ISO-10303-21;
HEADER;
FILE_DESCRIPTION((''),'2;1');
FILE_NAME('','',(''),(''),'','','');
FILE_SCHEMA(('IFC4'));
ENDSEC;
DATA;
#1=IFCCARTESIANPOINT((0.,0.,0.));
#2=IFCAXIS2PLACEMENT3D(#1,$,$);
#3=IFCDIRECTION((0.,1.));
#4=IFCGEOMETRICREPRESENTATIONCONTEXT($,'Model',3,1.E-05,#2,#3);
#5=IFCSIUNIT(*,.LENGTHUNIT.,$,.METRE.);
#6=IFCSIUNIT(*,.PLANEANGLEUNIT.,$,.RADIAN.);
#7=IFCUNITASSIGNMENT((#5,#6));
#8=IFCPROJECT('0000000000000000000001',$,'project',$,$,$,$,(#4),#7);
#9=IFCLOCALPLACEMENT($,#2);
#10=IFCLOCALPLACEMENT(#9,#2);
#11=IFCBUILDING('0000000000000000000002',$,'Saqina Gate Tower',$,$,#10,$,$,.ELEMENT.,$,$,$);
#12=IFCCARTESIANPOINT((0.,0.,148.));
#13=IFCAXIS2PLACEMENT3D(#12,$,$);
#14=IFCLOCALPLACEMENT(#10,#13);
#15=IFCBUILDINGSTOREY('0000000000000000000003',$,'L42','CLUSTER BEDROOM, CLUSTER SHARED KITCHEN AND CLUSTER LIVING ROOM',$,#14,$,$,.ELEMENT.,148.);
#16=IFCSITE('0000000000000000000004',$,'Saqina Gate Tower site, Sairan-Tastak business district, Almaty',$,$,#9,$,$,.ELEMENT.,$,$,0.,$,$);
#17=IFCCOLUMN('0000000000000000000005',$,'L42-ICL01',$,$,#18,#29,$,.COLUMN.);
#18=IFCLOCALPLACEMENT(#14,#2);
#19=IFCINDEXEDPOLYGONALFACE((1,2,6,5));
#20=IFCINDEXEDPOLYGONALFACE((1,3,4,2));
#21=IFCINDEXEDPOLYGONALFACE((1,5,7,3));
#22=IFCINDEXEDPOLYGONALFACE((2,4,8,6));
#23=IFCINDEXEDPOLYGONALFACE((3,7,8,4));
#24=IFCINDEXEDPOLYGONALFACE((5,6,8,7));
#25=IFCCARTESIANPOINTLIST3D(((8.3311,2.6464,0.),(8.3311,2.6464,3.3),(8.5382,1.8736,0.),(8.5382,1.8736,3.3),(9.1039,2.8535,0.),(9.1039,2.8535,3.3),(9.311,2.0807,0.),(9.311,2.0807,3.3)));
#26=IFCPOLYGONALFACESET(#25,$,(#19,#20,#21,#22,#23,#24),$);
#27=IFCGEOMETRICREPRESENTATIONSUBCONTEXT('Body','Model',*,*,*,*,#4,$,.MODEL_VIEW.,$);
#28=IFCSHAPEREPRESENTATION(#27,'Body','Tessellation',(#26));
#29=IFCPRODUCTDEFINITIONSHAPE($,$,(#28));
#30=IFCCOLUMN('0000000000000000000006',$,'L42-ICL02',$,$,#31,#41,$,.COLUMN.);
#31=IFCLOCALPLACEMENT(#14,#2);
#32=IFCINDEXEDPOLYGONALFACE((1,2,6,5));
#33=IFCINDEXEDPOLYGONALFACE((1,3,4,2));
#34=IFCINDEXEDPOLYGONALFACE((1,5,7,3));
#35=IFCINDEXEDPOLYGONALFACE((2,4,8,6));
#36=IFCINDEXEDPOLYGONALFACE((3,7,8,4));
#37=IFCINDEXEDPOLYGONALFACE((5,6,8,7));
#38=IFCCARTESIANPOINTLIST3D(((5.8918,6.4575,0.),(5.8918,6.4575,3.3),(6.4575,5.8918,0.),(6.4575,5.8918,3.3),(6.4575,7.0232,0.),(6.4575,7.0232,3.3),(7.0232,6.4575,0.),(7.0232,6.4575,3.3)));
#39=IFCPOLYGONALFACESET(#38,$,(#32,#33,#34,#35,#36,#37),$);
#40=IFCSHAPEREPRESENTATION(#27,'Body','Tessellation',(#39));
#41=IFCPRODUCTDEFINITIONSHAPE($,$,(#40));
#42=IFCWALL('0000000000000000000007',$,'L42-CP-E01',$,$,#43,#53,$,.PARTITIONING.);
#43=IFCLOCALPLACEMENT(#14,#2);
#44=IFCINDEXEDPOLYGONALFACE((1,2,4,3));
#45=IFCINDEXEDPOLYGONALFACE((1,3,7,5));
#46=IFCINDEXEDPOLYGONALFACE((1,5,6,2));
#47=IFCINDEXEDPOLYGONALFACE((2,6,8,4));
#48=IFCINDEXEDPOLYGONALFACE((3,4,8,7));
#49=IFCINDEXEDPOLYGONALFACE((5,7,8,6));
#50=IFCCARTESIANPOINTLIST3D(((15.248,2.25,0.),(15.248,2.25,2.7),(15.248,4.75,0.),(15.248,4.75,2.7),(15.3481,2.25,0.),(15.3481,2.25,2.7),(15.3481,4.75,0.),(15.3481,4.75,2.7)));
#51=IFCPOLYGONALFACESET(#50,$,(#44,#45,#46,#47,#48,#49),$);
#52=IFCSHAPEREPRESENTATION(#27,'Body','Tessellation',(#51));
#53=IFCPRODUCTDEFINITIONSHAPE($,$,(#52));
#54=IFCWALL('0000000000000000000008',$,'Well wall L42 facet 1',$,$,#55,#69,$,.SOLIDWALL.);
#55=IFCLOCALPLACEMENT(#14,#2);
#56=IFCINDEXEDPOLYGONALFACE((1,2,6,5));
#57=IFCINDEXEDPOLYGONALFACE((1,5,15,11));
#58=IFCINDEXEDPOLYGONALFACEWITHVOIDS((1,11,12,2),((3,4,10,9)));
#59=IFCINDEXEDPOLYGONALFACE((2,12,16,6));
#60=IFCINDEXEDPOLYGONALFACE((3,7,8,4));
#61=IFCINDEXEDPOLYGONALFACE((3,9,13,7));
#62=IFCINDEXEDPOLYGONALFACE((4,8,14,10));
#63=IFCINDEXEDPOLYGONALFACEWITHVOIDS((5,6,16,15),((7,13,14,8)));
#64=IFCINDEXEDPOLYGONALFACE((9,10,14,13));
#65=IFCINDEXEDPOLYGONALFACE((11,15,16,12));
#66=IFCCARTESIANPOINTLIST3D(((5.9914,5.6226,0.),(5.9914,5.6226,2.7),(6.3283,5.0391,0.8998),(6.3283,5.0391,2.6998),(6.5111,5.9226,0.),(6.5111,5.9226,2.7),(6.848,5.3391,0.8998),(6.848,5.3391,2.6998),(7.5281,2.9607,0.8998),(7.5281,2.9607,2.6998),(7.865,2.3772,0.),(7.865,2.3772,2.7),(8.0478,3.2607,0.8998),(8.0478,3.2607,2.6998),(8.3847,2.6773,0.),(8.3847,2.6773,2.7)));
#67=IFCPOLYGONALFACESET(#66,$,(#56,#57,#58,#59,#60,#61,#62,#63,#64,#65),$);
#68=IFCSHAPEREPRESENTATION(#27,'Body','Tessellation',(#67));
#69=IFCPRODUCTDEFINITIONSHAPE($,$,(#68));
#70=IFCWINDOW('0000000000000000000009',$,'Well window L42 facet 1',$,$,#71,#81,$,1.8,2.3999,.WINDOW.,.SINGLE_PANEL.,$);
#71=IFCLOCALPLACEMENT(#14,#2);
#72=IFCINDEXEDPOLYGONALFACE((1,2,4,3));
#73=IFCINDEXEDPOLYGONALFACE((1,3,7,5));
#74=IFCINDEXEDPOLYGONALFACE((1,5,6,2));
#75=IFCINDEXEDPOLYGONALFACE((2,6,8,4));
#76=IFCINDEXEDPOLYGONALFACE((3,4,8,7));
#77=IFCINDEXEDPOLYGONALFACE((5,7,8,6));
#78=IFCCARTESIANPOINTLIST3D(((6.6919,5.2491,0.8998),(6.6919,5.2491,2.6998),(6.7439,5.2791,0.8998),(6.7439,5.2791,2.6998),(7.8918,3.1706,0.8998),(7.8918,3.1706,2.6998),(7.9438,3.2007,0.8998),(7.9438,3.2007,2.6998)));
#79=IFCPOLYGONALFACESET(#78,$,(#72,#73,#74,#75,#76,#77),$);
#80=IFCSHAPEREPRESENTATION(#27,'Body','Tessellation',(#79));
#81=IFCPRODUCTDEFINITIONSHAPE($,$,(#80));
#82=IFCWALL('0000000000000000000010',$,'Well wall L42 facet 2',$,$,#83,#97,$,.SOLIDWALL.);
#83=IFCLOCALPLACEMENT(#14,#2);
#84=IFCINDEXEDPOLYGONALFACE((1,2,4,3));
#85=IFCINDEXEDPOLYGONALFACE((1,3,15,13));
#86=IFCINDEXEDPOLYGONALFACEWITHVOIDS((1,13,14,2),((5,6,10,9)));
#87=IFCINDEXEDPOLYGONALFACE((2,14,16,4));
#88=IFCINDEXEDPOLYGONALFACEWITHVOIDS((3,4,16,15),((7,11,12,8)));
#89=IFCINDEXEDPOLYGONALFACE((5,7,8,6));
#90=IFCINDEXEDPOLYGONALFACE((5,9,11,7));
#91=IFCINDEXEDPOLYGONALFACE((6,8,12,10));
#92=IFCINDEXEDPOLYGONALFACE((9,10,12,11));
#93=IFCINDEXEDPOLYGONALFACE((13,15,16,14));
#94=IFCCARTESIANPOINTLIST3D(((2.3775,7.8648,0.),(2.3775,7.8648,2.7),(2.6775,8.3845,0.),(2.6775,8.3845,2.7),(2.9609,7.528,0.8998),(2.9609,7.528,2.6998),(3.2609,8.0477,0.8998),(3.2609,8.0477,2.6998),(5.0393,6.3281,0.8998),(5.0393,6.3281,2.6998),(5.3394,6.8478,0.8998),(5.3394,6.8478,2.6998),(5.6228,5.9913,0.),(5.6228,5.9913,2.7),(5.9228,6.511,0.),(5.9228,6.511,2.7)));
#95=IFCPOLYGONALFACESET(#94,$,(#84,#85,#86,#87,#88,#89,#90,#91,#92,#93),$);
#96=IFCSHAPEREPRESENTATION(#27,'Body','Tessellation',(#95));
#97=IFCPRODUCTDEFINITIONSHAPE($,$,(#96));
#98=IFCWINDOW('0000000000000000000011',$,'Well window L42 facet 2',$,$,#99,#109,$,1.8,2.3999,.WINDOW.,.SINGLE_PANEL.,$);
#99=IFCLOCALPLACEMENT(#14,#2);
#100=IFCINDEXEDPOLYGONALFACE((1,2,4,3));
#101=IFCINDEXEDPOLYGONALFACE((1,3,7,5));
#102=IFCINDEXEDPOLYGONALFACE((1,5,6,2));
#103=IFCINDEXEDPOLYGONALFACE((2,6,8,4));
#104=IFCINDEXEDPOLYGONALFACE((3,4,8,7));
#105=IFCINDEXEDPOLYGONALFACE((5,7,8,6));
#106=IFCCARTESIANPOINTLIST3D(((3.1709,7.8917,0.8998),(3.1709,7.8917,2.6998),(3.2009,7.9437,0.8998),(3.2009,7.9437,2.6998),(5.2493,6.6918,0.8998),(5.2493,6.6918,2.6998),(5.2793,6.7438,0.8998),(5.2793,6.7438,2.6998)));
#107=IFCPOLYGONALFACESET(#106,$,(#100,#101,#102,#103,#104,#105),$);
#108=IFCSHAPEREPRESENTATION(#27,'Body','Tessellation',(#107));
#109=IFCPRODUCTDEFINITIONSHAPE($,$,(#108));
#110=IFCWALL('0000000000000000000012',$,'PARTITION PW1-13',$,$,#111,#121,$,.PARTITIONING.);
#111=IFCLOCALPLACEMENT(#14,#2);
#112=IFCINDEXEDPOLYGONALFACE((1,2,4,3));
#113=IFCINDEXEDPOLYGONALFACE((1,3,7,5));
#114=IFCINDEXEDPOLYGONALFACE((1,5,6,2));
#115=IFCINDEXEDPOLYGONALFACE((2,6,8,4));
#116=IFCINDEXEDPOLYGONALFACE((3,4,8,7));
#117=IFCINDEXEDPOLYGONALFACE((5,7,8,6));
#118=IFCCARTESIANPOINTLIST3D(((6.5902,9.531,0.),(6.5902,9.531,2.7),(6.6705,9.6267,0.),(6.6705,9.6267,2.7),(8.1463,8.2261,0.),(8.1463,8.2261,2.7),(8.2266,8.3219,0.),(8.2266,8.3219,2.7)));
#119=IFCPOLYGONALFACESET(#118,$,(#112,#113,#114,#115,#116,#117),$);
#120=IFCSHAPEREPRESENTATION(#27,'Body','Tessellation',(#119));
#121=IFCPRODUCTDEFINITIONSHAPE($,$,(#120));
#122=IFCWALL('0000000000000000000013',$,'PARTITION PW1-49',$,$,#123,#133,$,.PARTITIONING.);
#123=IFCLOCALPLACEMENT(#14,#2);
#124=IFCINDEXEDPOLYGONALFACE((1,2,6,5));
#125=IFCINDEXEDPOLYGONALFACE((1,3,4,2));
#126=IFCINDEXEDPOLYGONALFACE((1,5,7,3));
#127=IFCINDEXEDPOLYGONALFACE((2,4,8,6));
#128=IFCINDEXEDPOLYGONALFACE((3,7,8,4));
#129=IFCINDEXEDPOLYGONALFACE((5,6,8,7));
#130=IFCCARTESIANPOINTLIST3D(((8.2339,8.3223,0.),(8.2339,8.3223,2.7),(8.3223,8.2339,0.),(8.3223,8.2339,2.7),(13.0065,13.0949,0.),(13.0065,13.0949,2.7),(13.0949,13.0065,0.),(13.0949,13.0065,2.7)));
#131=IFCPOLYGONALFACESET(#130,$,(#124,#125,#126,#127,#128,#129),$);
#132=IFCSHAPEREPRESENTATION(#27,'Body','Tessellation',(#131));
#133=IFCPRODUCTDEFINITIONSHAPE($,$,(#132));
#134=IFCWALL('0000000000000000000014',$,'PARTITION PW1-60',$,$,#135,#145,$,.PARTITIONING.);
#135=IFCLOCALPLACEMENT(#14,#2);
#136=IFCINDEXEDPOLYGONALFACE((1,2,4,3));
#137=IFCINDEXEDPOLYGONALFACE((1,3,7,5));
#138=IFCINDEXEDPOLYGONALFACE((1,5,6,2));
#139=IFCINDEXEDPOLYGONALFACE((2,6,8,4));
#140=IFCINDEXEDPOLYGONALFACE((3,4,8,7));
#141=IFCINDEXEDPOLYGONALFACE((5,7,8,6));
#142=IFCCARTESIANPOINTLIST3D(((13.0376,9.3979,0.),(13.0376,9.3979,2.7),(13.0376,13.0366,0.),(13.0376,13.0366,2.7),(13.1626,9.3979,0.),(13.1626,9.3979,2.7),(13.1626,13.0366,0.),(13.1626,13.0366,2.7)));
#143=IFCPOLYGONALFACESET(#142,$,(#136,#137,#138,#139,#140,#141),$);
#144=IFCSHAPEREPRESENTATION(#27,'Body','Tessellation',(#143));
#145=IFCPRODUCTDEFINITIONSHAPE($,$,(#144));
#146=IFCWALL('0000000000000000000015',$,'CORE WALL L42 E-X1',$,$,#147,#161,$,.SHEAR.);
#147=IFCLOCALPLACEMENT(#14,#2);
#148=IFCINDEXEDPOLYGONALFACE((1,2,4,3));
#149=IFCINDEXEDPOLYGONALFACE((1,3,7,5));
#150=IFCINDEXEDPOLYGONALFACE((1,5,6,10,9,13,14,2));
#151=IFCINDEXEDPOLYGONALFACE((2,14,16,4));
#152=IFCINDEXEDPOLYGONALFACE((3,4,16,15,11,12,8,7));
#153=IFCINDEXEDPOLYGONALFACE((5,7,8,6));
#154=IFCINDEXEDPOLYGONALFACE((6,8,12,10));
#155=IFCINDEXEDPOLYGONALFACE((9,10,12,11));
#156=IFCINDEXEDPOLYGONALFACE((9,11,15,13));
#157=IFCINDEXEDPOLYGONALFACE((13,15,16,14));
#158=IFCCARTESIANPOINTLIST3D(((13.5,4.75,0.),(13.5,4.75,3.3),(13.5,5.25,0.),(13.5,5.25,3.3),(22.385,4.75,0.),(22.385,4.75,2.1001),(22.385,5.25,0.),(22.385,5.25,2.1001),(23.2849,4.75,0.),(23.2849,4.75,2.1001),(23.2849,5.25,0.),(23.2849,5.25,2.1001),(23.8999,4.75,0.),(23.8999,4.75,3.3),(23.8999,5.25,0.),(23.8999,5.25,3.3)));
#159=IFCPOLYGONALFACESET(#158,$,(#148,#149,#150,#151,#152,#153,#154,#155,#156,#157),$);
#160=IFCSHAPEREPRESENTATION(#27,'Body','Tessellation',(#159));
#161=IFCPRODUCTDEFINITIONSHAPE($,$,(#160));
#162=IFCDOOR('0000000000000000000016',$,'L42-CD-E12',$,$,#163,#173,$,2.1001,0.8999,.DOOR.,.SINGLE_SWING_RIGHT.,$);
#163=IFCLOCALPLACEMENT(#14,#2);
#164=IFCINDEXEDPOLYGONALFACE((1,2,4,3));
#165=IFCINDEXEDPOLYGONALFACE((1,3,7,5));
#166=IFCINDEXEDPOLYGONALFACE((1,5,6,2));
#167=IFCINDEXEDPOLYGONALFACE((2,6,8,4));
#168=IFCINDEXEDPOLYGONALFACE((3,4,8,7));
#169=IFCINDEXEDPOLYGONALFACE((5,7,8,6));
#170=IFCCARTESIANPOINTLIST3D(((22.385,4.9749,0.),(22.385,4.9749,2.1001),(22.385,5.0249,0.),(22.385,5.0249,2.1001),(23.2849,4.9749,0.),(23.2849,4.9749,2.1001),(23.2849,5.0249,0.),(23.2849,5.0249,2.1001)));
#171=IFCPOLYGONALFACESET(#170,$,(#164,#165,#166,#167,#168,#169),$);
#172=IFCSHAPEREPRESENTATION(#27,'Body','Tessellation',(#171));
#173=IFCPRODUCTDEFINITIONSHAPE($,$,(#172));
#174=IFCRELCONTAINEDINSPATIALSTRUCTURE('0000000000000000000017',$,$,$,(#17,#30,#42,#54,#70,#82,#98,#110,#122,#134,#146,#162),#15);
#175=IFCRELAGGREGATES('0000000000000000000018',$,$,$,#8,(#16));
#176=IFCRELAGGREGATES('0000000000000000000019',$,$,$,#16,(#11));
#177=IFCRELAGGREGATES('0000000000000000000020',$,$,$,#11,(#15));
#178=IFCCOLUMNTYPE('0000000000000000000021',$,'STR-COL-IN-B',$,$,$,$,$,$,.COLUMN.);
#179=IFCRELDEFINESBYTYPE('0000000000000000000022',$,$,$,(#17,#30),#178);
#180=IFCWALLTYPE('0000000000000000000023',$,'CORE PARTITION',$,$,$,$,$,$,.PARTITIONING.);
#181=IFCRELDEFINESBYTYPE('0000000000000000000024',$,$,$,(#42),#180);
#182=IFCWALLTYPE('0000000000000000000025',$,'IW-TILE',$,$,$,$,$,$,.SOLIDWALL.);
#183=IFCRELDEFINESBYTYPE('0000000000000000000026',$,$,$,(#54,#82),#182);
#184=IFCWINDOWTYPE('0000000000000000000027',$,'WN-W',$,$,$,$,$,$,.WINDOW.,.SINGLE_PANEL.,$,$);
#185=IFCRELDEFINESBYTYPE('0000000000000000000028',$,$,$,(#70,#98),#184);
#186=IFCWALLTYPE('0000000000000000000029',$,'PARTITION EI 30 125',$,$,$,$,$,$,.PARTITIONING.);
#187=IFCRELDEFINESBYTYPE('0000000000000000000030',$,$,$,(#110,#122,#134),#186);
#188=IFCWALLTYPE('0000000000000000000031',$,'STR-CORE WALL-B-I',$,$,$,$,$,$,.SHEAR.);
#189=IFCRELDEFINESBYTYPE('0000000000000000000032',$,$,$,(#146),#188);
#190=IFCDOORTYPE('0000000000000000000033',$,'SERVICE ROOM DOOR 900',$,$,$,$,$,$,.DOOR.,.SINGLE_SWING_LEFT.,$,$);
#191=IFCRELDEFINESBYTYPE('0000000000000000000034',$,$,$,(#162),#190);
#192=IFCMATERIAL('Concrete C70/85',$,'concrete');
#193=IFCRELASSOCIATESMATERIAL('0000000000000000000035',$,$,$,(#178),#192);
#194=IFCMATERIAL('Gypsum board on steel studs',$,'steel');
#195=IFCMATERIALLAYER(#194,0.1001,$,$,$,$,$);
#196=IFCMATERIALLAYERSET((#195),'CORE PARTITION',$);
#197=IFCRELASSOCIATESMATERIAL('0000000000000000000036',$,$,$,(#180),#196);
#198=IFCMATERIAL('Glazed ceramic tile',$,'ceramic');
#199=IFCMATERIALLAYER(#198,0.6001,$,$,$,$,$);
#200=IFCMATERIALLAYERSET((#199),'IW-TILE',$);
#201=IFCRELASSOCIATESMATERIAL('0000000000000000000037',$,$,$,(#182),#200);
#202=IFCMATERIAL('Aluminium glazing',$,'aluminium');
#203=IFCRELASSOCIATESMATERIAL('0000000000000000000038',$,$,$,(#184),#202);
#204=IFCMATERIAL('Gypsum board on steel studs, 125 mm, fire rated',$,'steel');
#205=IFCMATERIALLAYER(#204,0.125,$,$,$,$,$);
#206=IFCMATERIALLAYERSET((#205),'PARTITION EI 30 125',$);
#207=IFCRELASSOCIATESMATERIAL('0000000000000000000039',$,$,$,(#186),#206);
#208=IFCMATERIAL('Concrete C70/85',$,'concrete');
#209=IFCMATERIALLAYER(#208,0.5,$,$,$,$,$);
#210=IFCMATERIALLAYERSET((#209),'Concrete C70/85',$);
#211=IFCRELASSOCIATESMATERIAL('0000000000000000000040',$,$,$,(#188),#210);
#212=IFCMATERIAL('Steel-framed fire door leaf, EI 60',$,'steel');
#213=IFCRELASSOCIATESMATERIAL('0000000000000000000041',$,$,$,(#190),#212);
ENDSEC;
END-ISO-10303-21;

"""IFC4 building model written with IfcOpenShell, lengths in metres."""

from ifc_helpers import new_model, si_unit, direction, frame, frame_2d, origin, origin_2d, place, context, subcontext, project, spatial, rectangle, extrude, material, layer, layer_set, material_profile, profile_set, type_object, element, fill, save


model = new_model("IFC4")

# Units and contexts
model_context = context("Model", 3, precision=1e-05, world=origin(), true_north=direction((0.0, 1.0)))
body_context = subcontext(model_context, "Body", "Model", "MODEL_VIEW")
ifc_project = project(units=[si_unit("LENGTHUNIT", "METRE"), si_unit("PLANEANGLEUNIT", "RADIAN")], contexts=[model_context])

# Site, building, storey
site_placement = place(None, origin())
site = spatial("IfcSite", under=ifc_project, at=site_placement, Name="Saqina Gate Tower site, Sairan-Tastak business district, Almaty", CompositionType="ELEMENT", RefElevation=0.0)
building_placement = place(site_placement, origin())
building = spatial("IfcBuilding", under=site, at=building_placement, Name="Saqina Gate Tower", CompositionType="ELEMENT")
storey_placement = place(building_placement, frame((0.0, 0.0, 148.0)))
storey = spatial("IfcBuildingStorey", under=building, at=storey_placement, Name="L42", Description="CLUSTER BEDROOM, CLUSTER SHARED KITCHEN AND CLUSTER LIVING ROOM", CompositionType="ELEMENT", Elevation=148.0)

# Columns
ifc_material_1 = material(Name="Concrete C70/85", Category="concrete")
ifc_material_profile = material_profile(ifc_material_1, rectangle(XDim=0.8, YDim=0.8, at=origin_2d()), Name="RC 800x800")
ifc_profile_set = profile_set([ifc_material_profile], Name="Concrete C70/85")
column_type = type_object("IfcColumnType", Name="STR-COL-IN-B", PredefinedType="COLUMN", material=ifc_profile_set)
for number, where, z_axis, x_axis, name in (
    (1, (8.821, 2.3635, 0.0), (0.0, 0.0, 1.0), (0.965926, 0.258819, 0.0), "L42-ICL01"),
    (2, (6.4575, 6.4575, 0.0), (0.0, 0.0, 1.0), (0.707107, 0.707107, 0.0), "L42-ICL02"),
):
    element("IfcColumn", number, at=place(storey_placement, frame(where, z_axis=z_axis, x_axis=x_axis)), inside=storey, type_object=column_type, Name=name, PredefinedType="COLUMN", context=body_context, shape_type="SweptSolid", body=[
        extrude(rectangle(XDim=0.8, YDim=0.8, at=origin_2d()), origin(), (0.0, 0.0, 1.0), 3.3),
    ])

# Wall
ifc_material_2 = material(Name="Gypsum board on steel studs", Category="steel")
ifc_layer_1 = layer(ifc_material_2, 0.1001)
ifc_layer_set_1 = layer_set([ifc_layer_1], Name="CORE PARTITION")
wall_type_1 = type_object("IfcWallType", Name="CORE PARTITION", PredefinedType="PARTITIONING", material=ifc_layer_set_1)
wall_1_placement = place(storey_placement, frame((15.2981, 2.25, 0.0), z_axis=(0.0, 0.0, 1.0), x_axis=(0.0, 1.0, 0.0)))
element("IfcWall", 3, at=wall_1_placement, inside=storey, type_object=wall_type_1, Name="L42-CP-E01", PredefinedType="PARTITIONING", context=body_context, shape_type="SweptSolid", body=[
    extrude(rectangle(XDim=2.5, YDim=0.1001, at=frame_2d((1.25, 0.0))), origin(), (0.0, 0.0, 1.0), 2.7),
])

# Walls, openings, windows
ifc_material_3 = material(Name="Glazed ceramic tile", Category="ceramic")
ifc_layer_2 = layer(ifc_material_3, 0.6001)
ifc_layer_set_2 = layer_set([ifc_layer_2], Name="IW-TILE")
wall_type_2 = type_object("IfcWallType", Name="IW-TILE", PredefinedType="SOLIDWALL", material=ifc_layer_set_2)
wall_2_placement = place(storey_placement, frame((8.1248, 2.5273, 0.0), z_axis=(0.0, 0.0, 1.0), x_axis=(-0.499965, 0.866046, 0.0)))
wall_2 = element("IfcWall", 4, at=wall_2_placement, inside=storey, type_object=wall_type_2, Name="Well wall L42 facet 1", PredefinedType="SOLIDWALL", context=body_context, shape_type="SweptSolid", body=[
    extrude(rectangle(XDim=3.7473, YDim=0.6001, at=frame_2d((1.8735, 0.0))), origin(), (0.0, 0.0, 1.0), 2.7),
])
opening_1_placement = place(wall_2_placement, frame((0.6736, 0.0, 0.8999)))
opening_1 = element("IfcOpeningElement", 5, at=opening_1_placement, cuts=wall_2, PredefinedType="OPENING", context=body_context, shape_type="SweptSolid", body=[
    extrude(rectangle(XDim=2.3999, YDim=1.8, at=frame_2d((1.2, 0.8999))), frame((0.0, 0.312, 0.0), z_axis=(0.0, -1.0, 0.0), x_axis=(1.0, 0.0, 0.0)), (0.0, 0.0, 1.0), 0.624),
])
ifc_material_4 = material(Name="Aluminium glazing", Category="aluminium")
window_type = type_object("IfcWindowType", Name="WN-W", PartitioningType="SINGLE_PANEL", PredefinedType="WINDOW", material=ifc_material_4)
window_1_placement = place(opening_1_placement, origin())
window_1 = element("IfcWindow", 6, at=window_1_placement, inside=storey, type_object=window_type, Name="Well window L42 facet 1", OverallHeight=1.8, OverallWidth=2.3999, PartitioningType="SINGLE_PANEL", PredefinedType="WINDOW", context=body_context, shape_type="SweptSolid", body=[
    extrude(rectangle(XDim=2.3999, YDim=1.8, at=frame_2d((1.2, 0.8999))), frame((0.0, -0.1199, 0.0), z_axis=(0.0, -1.0, 0.0), x_axis=(1.0, 0.0, 0.0)), (0.0, 0.0, 1.0), 0.0601),
])
fill(opening_1, window_1)
wall_3_placement = place(storey_placement, frame((5.7727, 6.2512, 0.0), z_axis=(0.0, 0.0, 1.0), x_axis=(-0.866046, 0.499965, 0.0)))
wall_3 = element("IfcWall", 7, at=wall_3_placement, inside=storey, type_object=wall_type_2, Name="Well wall L42 facet 2", PredefinedType="SOLIDWALL", context=body_context, shape_type="SweptSolid", body=[
    extrude(rectangle(XDim=3.7473, YDim=0.6001, at=frame_2d((1.8735, 0.0))), origin(), (0.0, 0.0, 1.0), 2.7),
])
opening_2_placement = place(wall_3_placement, frame((0.6736, 0.0, 0.8999)))
opening_2 = element("IfcOpeningElement", 8, at=opening_2_placement, cuts=wall_3, PredefinedType="OPENING", context=body_context, shape_type="SweptSolid", body=[
    extrude(rectangle(XDim=2.3999, YDim=1.8, at=frame_2d((1.2, 0.8999))), frame((0.0, 0.312, 0.0), z_axis=(0.0, -1.0, 0.0), x_axis=(1.0, 0.0, 0.0)), (0.0, 0.0, 1.0), 0.624),
])
window_2_placement = place(opening_2_placement, origin())
window_2 = element("IfcWindow", 9, at=window_2_placement, inside=storey, type_object=window_type, Name="Well window L42 facet 2", OverallHeight=1.8, OverallWidth=2.3999, PartitioningType="SINGLE_PANEL", PredefinedType="WINDOW", context=body_context, shape_type="SweptSolid", body=[
    extrude(rectangle(XDim=2.3999, YDim=1.8, at=frame_2d((1.2, 0.8999))), frame((0.0, -0.1199, 0.0), z_axis=(0.0, -1.0, 0.0), x_axis=(1.0, 0.0, 0.0)), (0.0, 0.0, 1.0), 0.0601),
])
fill(opening_2, window_2)

# Walls
ifc_material_5 = material(Name="Gypsum board on steel studs, 125 mm, fire rated", Category="steel")
ifc_layer_3 = layer(ifc_material_5, 0.125)
ifc_layer_set_3 = layer_set([ifc_layer_3], Name="PARTITION EI 30 125")
wall_type_3 = type_object("IfcWallType", Name="PARTITION EI 30 125", PredefinedType="PARTITIONING", material=ifc_layer_set_3)
wall_4_placement = place(storey_placement, frame((6.6304, 9.5789, 0.0), z_axis=(0.0, 0.0, 1.0), x_axis=(0.766247, -0.642546, 0.0)))
element("IfcWall", 10, at=wall_4_placement, inside=storey, type_object=wall_type_3, Name="PARTITION PW1-13", PredefinedType="PARTITIONING", context=body_context, shape_type="SweptSolid", body=[
    extrude(rectangle(XDim=2.0308, YDim=0.125, at=frame_2d((1.0154, 0.0))), origin(), (0.0, 0.0, 1.0), 2.7),
])
wall_5_placement = place(storey_placement, frame((8.2781, 8.2781, 0.0), z_axis=(0.0, 0.0, 1.0), x_axis=(0.707107, 0.707107, 0.0)))
element("IfcWall", 11, at=wall_5_placement, inside=storey, type_object=wall_type_3, Name="PARTITION PW1-49", PredefinedType="PARTITIONING", context=body_context, shape_type="SweptSolid", body=[
    extrude(rectangle(XDim=6.7495, YDim=0.125, at=frame_2d((3.3748, 0.0))), origin(), (0.0, 0.0, 1.0), 2.7),
])
wall_6_placement = place(storey_placement, frame((13.1001, 9.3979, 0.0), z_axis=(0.0, 0.0, 1.0), x_axis=(0.0, 1.0, 0.0)))
element("IfcWall", 12, at=wall_6_placement, inside=storey, type_object=wall_type_3, Name="PARTITION PW1-60", PredefinedType="PARTITIONING", context=body_context, shape_type="SweptSolid", body=[
    extrude(rectangle(XDim=3.6387, YDim=0.125, at=frame_2d((1.8193, 0.0))), origin(), (0.0, 0.0, 1.0), 2.7),
])

# Wall, opening, door
ifc_material_6 = material(Name="Concrete C70/85", Category="concrete")
ifc_layer_4 = layer(ifc_material_6, 0.5)
ifc_layer_set_4 = layer_set([ifc_layer_4], Name="Concrete C70/85")
wall_type_4 = type_object("IfcWallType", Name="STR-CORE WALL-B-I", PredefinedType="SHEAR", material=ifc_layer_set_4)
wall_7_placement = place(storey_placement, frame((13.5, 5.0, 0.0), z_axis=(0.0, 0.0, 1.0), x_axis=(1.0, 0.0, 0.0)))
wall_7 = element("IfcWall", 13, at=wall_7_placement, inside=storey, type_object=wall_type_4, Name="CORE WALL L42 E-X1", PredefinedType="SHEAR", context=body_context, shape_type="SweptSolid", body=[
    extrude(rectangle(XDim=10.3999, YDim=0.5, at=frame_2d((5.2, 0.0))), origin(), (0.0, 0.0, 1.0), 3.3),
])
opening_3_placement = place(wall_7_placement, frame((8.885, 0.0, 0.0)))
opening_3 = element("IfcOpeningElement", 14, at=opening_3_placement, cuts=wall_7, PredefinedType="OPENING", context=body_context, shape_type="SweptSolid", body=[
    extrude(rectangle(XDim=0.8999, YDim=2.1001, at=frame_2d((0.45, 1.05))), frame((0.0, 0.262, 0.0), z_axis=(0.0, -1.0, 0.0), x_axis=(1.0, 0.0, 0.0)), (0.0, 0.0, 1.0), 0.5239),
])
ifc_material_7 = material(Name="Steel-framed fire door leaf, EI 60", Category="steel")
door_type_1 = type_object("IfcDoorType", Name="SERVICE ROOM DOOR 900", OperationType="SINGLE_SWING_LEFT", PredefinedType="DOOR", material=ifc_material_7)
door_1_placement = place(opening_3_placement, origin())
door_1 = element("IfcDoor", 15, at=door_1_placement, inside=storey, type_object=door_type_1, Name="L42-CD-E12", OperationType="SINGLE_SWING_RIGHT", OverallHeight=2.1001, OverallWidth=0.8999, PredefinedType="DOOR", context=body_context, shape_type="SweptSolid", body=[
    extrude(rectangle(XDim=0.8999, YDim=2.1001, at=frame_2d((0.45, 1.05))), frame((0.0, 0.0249, 0.0), z_axis=(0.0, -1.0, 0.0), x_axis=(1.0, 0.0, 0.0)), (0.0, 0.0, 1.0), 0.05),
])
fill(opening_3, door_1)

save(model, "model.ifc")
